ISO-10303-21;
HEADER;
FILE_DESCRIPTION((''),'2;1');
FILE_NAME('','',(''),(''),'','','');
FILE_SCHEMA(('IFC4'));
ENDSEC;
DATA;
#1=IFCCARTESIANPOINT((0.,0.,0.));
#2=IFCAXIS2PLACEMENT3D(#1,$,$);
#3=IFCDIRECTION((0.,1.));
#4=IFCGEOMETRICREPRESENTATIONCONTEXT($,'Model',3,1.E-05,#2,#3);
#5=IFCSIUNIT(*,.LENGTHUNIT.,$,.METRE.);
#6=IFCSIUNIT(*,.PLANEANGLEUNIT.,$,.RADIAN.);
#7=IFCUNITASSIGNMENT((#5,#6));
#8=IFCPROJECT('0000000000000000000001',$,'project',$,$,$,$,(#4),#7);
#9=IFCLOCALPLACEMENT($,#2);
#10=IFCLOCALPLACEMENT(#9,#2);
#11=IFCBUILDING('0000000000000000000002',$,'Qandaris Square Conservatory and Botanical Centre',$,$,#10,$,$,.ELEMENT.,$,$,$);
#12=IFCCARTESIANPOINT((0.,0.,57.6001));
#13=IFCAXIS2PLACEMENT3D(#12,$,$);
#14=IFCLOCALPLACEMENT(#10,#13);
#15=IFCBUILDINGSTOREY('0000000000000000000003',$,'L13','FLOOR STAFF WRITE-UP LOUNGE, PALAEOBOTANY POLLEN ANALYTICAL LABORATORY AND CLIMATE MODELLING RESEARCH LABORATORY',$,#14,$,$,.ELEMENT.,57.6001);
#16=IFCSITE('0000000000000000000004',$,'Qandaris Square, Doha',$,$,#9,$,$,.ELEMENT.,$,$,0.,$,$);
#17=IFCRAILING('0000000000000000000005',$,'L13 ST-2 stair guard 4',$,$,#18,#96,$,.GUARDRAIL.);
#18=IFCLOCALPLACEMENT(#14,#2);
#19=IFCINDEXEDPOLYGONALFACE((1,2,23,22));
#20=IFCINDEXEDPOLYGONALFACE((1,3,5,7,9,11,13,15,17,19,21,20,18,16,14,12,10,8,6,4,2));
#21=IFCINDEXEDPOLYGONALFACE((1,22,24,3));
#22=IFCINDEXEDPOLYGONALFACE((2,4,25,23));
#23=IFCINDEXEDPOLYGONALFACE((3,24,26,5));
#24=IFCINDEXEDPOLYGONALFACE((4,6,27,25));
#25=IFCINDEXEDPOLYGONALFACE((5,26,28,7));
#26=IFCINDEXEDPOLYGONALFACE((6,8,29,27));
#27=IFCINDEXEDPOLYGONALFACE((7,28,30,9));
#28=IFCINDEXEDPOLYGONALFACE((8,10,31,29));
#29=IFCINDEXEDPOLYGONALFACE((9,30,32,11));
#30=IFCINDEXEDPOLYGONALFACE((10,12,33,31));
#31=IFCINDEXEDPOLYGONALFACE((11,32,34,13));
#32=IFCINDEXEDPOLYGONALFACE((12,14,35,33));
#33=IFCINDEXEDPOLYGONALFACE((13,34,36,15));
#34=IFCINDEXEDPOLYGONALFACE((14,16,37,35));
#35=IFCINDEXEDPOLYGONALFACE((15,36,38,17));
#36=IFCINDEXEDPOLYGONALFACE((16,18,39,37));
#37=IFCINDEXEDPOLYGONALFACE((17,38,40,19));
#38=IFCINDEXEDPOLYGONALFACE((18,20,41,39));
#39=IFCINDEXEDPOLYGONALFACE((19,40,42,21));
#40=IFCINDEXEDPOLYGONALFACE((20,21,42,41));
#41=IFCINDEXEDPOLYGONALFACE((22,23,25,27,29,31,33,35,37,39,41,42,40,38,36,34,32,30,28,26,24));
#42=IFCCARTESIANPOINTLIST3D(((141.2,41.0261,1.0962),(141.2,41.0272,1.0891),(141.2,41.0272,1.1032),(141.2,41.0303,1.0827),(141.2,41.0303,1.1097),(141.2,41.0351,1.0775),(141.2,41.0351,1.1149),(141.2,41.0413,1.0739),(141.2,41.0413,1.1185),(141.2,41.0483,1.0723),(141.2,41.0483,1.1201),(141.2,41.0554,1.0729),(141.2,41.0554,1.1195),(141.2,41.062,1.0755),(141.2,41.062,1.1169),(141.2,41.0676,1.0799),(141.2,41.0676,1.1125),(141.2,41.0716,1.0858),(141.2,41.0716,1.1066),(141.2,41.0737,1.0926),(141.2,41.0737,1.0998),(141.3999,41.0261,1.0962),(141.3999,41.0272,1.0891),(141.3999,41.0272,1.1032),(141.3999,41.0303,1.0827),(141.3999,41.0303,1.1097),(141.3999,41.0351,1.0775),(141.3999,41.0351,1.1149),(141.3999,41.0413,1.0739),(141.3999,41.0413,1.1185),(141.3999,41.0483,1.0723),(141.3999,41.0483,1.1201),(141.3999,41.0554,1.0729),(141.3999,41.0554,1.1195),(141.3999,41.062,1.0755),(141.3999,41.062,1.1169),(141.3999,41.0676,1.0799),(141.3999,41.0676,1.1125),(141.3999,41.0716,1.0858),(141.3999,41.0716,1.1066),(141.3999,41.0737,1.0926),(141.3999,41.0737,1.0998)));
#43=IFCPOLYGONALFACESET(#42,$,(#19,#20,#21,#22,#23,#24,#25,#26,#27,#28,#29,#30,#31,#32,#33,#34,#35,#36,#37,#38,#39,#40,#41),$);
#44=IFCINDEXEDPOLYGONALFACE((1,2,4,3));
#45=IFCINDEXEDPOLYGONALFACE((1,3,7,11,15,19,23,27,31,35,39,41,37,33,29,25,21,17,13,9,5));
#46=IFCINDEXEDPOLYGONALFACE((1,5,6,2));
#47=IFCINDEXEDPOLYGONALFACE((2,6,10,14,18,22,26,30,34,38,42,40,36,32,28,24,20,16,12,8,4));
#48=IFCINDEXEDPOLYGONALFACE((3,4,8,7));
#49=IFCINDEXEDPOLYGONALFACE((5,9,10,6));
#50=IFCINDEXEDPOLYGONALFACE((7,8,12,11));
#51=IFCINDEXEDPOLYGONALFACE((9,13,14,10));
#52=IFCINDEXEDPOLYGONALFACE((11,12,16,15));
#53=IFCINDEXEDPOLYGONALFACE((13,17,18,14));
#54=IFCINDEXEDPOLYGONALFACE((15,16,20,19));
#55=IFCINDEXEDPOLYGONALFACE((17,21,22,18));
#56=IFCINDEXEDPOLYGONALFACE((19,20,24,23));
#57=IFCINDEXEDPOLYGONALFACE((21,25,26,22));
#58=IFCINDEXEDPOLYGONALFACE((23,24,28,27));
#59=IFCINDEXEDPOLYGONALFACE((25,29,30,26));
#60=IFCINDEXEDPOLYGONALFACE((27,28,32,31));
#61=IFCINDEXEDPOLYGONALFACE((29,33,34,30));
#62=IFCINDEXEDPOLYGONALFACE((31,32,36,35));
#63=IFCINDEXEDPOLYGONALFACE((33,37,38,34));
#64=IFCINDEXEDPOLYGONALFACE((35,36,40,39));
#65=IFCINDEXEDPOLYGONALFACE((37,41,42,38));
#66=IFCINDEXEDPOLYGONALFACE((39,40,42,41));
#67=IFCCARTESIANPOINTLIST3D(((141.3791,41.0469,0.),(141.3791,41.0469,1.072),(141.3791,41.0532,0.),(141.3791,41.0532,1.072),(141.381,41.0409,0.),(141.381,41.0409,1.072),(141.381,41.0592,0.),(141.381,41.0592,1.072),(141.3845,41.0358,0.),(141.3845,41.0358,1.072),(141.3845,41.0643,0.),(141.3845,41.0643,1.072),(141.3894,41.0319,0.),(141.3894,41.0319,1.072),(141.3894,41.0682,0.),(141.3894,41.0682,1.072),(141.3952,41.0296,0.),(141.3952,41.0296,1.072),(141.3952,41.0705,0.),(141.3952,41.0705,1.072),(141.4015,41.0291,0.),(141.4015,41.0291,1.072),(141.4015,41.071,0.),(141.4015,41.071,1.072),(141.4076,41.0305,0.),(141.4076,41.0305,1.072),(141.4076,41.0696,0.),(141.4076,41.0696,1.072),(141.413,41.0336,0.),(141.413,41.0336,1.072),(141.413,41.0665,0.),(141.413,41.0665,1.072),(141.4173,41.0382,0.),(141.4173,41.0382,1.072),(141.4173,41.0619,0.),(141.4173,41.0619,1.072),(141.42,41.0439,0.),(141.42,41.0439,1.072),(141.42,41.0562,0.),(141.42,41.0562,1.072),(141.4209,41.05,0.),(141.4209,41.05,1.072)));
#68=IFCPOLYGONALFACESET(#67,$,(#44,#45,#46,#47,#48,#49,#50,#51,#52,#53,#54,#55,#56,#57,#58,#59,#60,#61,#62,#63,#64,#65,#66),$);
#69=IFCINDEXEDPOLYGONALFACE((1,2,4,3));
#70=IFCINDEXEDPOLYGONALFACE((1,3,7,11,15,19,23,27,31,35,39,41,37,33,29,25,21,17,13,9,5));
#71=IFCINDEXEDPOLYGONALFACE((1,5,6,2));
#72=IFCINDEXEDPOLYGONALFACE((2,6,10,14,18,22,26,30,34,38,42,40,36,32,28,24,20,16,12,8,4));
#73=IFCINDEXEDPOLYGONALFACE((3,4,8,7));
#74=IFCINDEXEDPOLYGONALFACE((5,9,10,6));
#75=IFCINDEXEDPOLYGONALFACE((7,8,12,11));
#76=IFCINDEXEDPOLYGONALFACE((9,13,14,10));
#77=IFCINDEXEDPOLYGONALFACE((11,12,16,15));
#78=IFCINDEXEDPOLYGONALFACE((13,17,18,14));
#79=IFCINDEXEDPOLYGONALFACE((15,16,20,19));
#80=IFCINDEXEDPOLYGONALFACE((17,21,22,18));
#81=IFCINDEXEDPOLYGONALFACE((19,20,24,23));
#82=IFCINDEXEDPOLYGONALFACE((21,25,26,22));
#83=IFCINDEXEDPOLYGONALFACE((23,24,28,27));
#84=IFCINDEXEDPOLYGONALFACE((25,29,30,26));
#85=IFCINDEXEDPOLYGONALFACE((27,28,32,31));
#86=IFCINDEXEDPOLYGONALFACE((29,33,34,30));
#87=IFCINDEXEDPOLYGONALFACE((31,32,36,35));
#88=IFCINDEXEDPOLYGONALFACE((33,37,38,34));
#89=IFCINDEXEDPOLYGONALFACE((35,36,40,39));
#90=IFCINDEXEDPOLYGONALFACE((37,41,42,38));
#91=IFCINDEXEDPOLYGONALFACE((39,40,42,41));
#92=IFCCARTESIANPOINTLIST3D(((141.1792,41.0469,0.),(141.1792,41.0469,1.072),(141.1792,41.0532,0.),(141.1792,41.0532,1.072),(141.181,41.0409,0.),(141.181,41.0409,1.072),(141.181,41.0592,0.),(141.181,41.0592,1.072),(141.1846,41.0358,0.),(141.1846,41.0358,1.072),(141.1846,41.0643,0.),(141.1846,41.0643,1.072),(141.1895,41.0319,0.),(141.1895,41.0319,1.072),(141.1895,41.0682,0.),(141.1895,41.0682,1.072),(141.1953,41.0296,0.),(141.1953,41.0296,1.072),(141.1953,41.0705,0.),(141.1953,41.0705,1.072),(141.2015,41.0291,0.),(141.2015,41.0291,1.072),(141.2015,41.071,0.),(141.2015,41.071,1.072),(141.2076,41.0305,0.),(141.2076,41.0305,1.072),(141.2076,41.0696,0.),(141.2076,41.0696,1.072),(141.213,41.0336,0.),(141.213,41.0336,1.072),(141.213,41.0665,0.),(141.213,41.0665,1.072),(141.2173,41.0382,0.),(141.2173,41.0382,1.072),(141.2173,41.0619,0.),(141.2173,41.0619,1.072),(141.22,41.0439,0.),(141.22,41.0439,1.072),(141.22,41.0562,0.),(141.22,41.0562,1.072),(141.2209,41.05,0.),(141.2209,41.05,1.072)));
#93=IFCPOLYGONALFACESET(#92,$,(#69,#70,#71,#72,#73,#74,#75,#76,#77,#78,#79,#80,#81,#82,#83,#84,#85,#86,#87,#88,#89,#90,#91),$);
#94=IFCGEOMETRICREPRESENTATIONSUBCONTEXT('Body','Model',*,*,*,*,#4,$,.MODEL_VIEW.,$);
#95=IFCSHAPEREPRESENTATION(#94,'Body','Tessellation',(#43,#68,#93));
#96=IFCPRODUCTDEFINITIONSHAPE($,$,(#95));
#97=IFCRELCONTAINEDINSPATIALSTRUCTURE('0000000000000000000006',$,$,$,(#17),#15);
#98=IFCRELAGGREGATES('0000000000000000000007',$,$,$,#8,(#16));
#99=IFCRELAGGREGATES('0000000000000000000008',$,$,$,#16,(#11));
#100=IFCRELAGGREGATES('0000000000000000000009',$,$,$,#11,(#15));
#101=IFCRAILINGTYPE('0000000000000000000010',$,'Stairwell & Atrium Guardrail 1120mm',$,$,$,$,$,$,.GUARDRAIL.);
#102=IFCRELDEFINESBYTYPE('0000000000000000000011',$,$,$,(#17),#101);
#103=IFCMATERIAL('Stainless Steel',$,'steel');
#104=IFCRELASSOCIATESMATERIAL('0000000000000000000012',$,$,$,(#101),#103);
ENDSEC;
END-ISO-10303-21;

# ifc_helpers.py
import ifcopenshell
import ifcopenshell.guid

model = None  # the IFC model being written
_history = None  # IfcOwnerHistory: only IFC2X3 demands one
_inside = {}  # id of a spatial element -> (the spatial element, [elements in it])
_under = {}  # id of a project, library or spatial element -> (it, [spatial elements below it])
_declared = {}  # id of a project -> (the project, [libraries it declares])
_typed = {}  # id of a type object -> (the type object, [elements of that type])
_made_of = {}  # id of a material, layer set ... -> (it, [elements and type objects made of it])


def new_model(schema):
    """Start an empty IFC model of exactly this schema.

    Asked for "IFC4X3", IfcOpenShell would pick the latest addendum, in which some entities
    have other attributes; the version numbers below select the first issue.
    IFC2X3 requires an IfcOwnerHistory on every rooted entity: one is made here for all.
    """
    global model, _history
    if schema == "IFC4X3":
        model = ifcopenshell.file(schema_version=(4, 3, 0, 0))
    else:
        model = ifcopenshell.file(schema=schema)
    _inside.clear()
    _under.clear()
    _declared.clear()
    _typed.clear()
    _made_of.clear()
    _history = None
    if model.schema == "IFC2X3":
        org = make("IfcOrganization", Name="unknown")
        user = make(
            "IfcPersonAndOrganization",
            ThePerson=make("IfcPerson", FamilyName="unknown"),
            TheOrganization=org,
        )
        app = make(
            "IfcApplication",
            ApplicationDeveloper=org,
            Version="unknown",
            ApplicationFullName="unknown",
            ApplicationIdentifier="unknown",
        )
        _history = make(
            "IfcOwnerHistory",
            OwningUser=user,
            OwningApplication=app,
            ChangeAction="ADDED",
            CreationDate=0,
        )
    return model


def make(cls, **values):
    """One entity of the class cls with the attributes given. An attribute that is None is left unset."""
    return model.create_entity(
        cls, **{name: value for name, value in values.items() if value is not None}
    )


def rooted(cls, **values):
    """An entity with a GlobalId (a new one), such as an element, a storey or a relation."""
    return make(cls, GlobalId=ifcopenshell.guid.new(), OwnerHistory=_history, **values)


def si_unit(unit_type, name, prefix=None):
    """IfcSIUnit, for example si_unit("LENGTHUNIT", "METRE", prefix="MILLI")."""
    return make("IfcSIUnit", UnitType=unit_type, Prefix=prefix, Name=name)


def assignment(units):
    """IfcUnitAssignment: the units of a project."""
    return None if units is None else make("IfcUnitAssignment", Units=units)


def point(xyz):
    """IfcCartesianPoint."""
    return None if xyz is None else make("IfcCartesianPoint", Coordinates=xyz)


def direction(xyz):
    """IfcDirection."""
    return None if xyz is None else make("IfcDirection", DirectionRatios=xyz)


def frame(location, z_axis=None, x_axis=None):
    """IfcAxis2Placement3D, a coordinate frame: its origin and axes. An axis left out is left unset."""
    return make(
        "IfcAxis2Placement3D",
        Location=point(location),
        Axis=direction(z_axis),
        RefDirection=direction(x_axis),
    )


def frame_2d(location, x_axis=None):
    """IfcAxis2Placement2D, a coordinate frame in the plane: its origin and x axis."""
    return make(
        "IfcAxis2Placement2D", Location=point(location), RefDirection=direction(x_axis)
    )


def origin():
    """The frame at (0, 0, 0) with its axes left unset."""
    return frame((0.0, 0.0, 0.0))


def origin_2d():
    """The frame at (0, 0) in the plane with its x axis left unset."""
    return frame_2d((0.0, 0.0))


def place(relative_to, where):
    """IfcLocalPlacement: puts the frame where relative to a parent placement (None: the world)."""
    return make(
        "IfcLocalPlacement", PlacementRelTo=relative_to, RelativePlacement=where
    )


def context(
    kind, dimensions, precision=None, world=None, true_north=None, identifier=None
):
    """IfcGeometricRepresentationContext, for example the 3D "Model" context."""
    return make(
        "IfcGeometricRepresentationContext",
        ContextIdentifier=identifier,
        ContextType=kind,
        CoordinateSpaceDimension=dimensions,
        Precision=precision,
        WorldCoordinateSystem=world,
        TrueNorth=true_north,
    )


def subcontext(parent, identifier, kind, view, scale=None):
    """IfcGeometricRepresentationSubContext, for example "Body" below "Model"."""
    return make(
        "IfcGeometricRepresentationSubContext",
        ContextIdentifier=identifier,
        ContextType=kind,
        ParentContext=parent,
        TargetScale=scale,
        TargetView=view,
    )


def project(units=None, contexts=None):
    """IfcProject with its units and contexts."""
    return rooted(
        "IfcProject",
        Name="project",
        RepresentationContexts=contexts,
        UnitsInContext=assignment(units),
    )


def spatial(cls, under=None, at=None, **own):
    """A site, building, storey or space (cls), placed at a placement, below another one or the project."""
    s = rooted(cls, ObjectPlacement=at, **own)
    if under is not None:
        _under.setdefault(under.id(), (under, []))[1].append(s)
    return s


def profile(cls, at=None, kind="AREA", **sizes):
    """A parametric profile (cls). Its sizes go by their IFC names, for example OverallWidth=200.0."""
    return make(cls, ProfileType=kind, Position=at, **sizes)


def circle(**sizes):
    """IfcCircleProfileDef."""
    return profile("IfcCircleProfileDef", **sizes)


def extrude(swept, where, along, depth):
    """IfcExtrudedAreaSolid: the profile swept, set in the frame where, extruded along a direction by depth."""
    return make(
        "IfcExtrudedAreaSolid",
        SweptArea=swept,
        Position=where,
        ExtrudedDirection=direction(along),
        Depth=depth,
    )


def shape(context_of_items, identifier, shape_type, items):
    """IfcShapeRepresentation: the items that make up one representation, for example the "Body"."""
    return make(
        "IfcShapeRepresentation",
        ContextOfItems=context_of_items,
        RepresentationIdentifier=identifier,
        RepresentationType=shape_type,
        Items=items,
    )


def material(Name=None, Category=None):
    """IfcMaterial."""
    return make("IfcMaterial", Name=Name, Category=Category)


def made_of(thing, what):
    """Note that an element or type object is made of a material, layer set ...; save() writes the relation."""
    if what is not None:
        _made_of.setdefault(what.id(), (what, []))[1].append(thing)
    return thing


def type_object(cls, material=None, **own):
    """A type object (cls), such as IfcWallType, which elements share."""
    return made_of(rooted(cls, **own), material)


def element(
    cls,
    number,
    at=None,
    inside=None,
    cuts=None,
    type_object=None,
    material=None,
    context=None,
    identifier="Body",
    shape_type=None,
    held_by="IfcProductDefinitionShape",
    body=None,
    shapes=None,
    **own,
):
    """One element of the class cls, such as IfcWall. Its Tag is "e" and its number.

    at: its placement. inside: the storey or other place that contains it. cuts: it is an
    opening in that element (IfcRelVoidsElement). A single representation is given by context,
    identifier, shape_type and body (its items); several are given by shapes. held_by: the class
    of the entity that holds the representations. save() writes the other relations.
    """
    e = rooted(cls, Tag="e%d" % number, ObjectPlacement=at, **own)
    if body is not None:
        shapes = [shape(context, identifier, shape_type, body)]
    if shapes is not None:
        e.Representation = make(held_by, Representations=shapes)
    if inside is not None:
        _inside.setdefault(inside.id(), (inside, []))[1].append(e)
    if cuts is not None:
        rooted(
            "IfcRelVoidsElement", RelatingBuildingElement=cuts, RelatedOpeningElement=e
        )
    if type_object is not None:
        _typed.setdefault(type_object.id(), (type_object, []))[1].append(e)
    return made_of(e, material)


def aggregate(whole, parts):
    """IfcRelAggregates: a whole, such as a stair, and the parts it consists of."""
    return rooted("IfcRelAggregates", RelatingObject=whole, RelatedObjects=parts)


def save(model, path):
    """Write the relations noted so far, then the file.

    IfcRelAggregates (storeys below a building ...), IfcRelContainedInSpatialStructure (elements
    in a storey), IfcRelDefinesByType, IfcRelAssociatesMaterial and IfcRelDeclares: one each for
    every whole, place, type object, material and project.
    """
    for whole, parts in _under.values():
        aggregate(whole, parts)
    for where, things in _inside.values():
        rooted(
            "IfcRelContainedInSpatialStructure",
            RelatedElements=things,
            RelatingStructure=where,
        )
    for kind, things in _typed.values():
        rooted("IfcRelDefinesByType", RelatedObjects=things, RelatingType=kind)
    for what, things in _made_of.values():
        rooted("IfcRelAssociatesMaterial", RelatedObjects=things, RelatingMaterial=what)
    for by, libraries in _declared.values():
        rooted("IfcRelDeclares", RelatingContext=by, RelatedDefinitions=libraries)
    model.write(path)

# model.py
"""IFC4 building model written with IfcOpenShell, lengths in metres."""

from ifc_helpers import new_model, si_unit, direction, frame, origin, origin_2d, place, context, subcontext, project, spatial, circle, extrude, material, type_object, element, save


model = new_model("IFC4")

# Units and contexts
model_context = context("Model", 3, precision=1e-05, world=origin(), true_north=direction((0.0, 1.0)))
body_context = subcontext(model_context, "Body", "Model", "MODEL_VIEW")
ifc_project = project(units=[si_unit("LENGTHUNIT", "METRE"), si_unit("PLANEANGLEUNIT", "RADIAN")], contexts=[model_context])

# Site, building, storey
site_placement = place(None, origin())
site = spatial("IfcSite", under=ifc_project, at=site_placement, Name="Qandaris Square, Doha", CompositionType="ELEMENT", RefElevation=0.0)
building_placement = place(site_placement, origin())
building = spatial("IfcBuilding", under=site, at=building_placement, Name="Qandaris Square Conservatory and Botanical Centre", CompositionType="ELEMENT")
storey_placement = place(building_placement, frame((0.0, 0.0, 57.6001)))
storey = spatial("IfcBuildingStorey", under=building, at=storey_placement, Name="L13", Description="FLOOR STAFF WRITE-UP LOUNGE, PALAEOBOTANY POLLEN ANALYTICAL LABORATORY AND CLIMATE MODELLING RESEARCH LABORATORY", CompositionType="ELEMENT", Elevation=57.6001)

# Railing
ifc_material_1 = material(Name="Stainless Steel", Category="steel")
railing_type_1 = type_object("IfcRailingType", Name="Stairwell & Atrium Guardrail 1120mm", PredefinedType="GUARDRAIL", material=ifc_material_1)
railing_1_placement = place(storey_placement, frame((141.3999, 41.05, 0.0)))
element("IfcRailing", 1, at=railing_1_placement, inside=storey, type_object=railing_type_1, Name="L13 ST-2 stair guard 4", PredefinedType="GUARDRAIL", context=body_context, shape_type="SweptSolid", body=[
    extrude(circle(Radius=0.0239, at=origin_2d()), frame((0.0, 0.0, 1.0962), z_axis=(-1.0, 0.0, 0.0), x_axis=(0.0, -1.0, 0.0)), (0.0, 0.0, 1.0), 0.2),
    extrude(circle(Radius=0.021, at=origin_2d()), origin(), (0.0, 0.0, 1.0), 1.072),
    extrude(circle(Radius=0.021, at=origin_2d()), frame((-0.2, 0.0, 0.0)), (0.0, 0.0, 1.0), 1.072),
])

save(model, "model.ifc")
